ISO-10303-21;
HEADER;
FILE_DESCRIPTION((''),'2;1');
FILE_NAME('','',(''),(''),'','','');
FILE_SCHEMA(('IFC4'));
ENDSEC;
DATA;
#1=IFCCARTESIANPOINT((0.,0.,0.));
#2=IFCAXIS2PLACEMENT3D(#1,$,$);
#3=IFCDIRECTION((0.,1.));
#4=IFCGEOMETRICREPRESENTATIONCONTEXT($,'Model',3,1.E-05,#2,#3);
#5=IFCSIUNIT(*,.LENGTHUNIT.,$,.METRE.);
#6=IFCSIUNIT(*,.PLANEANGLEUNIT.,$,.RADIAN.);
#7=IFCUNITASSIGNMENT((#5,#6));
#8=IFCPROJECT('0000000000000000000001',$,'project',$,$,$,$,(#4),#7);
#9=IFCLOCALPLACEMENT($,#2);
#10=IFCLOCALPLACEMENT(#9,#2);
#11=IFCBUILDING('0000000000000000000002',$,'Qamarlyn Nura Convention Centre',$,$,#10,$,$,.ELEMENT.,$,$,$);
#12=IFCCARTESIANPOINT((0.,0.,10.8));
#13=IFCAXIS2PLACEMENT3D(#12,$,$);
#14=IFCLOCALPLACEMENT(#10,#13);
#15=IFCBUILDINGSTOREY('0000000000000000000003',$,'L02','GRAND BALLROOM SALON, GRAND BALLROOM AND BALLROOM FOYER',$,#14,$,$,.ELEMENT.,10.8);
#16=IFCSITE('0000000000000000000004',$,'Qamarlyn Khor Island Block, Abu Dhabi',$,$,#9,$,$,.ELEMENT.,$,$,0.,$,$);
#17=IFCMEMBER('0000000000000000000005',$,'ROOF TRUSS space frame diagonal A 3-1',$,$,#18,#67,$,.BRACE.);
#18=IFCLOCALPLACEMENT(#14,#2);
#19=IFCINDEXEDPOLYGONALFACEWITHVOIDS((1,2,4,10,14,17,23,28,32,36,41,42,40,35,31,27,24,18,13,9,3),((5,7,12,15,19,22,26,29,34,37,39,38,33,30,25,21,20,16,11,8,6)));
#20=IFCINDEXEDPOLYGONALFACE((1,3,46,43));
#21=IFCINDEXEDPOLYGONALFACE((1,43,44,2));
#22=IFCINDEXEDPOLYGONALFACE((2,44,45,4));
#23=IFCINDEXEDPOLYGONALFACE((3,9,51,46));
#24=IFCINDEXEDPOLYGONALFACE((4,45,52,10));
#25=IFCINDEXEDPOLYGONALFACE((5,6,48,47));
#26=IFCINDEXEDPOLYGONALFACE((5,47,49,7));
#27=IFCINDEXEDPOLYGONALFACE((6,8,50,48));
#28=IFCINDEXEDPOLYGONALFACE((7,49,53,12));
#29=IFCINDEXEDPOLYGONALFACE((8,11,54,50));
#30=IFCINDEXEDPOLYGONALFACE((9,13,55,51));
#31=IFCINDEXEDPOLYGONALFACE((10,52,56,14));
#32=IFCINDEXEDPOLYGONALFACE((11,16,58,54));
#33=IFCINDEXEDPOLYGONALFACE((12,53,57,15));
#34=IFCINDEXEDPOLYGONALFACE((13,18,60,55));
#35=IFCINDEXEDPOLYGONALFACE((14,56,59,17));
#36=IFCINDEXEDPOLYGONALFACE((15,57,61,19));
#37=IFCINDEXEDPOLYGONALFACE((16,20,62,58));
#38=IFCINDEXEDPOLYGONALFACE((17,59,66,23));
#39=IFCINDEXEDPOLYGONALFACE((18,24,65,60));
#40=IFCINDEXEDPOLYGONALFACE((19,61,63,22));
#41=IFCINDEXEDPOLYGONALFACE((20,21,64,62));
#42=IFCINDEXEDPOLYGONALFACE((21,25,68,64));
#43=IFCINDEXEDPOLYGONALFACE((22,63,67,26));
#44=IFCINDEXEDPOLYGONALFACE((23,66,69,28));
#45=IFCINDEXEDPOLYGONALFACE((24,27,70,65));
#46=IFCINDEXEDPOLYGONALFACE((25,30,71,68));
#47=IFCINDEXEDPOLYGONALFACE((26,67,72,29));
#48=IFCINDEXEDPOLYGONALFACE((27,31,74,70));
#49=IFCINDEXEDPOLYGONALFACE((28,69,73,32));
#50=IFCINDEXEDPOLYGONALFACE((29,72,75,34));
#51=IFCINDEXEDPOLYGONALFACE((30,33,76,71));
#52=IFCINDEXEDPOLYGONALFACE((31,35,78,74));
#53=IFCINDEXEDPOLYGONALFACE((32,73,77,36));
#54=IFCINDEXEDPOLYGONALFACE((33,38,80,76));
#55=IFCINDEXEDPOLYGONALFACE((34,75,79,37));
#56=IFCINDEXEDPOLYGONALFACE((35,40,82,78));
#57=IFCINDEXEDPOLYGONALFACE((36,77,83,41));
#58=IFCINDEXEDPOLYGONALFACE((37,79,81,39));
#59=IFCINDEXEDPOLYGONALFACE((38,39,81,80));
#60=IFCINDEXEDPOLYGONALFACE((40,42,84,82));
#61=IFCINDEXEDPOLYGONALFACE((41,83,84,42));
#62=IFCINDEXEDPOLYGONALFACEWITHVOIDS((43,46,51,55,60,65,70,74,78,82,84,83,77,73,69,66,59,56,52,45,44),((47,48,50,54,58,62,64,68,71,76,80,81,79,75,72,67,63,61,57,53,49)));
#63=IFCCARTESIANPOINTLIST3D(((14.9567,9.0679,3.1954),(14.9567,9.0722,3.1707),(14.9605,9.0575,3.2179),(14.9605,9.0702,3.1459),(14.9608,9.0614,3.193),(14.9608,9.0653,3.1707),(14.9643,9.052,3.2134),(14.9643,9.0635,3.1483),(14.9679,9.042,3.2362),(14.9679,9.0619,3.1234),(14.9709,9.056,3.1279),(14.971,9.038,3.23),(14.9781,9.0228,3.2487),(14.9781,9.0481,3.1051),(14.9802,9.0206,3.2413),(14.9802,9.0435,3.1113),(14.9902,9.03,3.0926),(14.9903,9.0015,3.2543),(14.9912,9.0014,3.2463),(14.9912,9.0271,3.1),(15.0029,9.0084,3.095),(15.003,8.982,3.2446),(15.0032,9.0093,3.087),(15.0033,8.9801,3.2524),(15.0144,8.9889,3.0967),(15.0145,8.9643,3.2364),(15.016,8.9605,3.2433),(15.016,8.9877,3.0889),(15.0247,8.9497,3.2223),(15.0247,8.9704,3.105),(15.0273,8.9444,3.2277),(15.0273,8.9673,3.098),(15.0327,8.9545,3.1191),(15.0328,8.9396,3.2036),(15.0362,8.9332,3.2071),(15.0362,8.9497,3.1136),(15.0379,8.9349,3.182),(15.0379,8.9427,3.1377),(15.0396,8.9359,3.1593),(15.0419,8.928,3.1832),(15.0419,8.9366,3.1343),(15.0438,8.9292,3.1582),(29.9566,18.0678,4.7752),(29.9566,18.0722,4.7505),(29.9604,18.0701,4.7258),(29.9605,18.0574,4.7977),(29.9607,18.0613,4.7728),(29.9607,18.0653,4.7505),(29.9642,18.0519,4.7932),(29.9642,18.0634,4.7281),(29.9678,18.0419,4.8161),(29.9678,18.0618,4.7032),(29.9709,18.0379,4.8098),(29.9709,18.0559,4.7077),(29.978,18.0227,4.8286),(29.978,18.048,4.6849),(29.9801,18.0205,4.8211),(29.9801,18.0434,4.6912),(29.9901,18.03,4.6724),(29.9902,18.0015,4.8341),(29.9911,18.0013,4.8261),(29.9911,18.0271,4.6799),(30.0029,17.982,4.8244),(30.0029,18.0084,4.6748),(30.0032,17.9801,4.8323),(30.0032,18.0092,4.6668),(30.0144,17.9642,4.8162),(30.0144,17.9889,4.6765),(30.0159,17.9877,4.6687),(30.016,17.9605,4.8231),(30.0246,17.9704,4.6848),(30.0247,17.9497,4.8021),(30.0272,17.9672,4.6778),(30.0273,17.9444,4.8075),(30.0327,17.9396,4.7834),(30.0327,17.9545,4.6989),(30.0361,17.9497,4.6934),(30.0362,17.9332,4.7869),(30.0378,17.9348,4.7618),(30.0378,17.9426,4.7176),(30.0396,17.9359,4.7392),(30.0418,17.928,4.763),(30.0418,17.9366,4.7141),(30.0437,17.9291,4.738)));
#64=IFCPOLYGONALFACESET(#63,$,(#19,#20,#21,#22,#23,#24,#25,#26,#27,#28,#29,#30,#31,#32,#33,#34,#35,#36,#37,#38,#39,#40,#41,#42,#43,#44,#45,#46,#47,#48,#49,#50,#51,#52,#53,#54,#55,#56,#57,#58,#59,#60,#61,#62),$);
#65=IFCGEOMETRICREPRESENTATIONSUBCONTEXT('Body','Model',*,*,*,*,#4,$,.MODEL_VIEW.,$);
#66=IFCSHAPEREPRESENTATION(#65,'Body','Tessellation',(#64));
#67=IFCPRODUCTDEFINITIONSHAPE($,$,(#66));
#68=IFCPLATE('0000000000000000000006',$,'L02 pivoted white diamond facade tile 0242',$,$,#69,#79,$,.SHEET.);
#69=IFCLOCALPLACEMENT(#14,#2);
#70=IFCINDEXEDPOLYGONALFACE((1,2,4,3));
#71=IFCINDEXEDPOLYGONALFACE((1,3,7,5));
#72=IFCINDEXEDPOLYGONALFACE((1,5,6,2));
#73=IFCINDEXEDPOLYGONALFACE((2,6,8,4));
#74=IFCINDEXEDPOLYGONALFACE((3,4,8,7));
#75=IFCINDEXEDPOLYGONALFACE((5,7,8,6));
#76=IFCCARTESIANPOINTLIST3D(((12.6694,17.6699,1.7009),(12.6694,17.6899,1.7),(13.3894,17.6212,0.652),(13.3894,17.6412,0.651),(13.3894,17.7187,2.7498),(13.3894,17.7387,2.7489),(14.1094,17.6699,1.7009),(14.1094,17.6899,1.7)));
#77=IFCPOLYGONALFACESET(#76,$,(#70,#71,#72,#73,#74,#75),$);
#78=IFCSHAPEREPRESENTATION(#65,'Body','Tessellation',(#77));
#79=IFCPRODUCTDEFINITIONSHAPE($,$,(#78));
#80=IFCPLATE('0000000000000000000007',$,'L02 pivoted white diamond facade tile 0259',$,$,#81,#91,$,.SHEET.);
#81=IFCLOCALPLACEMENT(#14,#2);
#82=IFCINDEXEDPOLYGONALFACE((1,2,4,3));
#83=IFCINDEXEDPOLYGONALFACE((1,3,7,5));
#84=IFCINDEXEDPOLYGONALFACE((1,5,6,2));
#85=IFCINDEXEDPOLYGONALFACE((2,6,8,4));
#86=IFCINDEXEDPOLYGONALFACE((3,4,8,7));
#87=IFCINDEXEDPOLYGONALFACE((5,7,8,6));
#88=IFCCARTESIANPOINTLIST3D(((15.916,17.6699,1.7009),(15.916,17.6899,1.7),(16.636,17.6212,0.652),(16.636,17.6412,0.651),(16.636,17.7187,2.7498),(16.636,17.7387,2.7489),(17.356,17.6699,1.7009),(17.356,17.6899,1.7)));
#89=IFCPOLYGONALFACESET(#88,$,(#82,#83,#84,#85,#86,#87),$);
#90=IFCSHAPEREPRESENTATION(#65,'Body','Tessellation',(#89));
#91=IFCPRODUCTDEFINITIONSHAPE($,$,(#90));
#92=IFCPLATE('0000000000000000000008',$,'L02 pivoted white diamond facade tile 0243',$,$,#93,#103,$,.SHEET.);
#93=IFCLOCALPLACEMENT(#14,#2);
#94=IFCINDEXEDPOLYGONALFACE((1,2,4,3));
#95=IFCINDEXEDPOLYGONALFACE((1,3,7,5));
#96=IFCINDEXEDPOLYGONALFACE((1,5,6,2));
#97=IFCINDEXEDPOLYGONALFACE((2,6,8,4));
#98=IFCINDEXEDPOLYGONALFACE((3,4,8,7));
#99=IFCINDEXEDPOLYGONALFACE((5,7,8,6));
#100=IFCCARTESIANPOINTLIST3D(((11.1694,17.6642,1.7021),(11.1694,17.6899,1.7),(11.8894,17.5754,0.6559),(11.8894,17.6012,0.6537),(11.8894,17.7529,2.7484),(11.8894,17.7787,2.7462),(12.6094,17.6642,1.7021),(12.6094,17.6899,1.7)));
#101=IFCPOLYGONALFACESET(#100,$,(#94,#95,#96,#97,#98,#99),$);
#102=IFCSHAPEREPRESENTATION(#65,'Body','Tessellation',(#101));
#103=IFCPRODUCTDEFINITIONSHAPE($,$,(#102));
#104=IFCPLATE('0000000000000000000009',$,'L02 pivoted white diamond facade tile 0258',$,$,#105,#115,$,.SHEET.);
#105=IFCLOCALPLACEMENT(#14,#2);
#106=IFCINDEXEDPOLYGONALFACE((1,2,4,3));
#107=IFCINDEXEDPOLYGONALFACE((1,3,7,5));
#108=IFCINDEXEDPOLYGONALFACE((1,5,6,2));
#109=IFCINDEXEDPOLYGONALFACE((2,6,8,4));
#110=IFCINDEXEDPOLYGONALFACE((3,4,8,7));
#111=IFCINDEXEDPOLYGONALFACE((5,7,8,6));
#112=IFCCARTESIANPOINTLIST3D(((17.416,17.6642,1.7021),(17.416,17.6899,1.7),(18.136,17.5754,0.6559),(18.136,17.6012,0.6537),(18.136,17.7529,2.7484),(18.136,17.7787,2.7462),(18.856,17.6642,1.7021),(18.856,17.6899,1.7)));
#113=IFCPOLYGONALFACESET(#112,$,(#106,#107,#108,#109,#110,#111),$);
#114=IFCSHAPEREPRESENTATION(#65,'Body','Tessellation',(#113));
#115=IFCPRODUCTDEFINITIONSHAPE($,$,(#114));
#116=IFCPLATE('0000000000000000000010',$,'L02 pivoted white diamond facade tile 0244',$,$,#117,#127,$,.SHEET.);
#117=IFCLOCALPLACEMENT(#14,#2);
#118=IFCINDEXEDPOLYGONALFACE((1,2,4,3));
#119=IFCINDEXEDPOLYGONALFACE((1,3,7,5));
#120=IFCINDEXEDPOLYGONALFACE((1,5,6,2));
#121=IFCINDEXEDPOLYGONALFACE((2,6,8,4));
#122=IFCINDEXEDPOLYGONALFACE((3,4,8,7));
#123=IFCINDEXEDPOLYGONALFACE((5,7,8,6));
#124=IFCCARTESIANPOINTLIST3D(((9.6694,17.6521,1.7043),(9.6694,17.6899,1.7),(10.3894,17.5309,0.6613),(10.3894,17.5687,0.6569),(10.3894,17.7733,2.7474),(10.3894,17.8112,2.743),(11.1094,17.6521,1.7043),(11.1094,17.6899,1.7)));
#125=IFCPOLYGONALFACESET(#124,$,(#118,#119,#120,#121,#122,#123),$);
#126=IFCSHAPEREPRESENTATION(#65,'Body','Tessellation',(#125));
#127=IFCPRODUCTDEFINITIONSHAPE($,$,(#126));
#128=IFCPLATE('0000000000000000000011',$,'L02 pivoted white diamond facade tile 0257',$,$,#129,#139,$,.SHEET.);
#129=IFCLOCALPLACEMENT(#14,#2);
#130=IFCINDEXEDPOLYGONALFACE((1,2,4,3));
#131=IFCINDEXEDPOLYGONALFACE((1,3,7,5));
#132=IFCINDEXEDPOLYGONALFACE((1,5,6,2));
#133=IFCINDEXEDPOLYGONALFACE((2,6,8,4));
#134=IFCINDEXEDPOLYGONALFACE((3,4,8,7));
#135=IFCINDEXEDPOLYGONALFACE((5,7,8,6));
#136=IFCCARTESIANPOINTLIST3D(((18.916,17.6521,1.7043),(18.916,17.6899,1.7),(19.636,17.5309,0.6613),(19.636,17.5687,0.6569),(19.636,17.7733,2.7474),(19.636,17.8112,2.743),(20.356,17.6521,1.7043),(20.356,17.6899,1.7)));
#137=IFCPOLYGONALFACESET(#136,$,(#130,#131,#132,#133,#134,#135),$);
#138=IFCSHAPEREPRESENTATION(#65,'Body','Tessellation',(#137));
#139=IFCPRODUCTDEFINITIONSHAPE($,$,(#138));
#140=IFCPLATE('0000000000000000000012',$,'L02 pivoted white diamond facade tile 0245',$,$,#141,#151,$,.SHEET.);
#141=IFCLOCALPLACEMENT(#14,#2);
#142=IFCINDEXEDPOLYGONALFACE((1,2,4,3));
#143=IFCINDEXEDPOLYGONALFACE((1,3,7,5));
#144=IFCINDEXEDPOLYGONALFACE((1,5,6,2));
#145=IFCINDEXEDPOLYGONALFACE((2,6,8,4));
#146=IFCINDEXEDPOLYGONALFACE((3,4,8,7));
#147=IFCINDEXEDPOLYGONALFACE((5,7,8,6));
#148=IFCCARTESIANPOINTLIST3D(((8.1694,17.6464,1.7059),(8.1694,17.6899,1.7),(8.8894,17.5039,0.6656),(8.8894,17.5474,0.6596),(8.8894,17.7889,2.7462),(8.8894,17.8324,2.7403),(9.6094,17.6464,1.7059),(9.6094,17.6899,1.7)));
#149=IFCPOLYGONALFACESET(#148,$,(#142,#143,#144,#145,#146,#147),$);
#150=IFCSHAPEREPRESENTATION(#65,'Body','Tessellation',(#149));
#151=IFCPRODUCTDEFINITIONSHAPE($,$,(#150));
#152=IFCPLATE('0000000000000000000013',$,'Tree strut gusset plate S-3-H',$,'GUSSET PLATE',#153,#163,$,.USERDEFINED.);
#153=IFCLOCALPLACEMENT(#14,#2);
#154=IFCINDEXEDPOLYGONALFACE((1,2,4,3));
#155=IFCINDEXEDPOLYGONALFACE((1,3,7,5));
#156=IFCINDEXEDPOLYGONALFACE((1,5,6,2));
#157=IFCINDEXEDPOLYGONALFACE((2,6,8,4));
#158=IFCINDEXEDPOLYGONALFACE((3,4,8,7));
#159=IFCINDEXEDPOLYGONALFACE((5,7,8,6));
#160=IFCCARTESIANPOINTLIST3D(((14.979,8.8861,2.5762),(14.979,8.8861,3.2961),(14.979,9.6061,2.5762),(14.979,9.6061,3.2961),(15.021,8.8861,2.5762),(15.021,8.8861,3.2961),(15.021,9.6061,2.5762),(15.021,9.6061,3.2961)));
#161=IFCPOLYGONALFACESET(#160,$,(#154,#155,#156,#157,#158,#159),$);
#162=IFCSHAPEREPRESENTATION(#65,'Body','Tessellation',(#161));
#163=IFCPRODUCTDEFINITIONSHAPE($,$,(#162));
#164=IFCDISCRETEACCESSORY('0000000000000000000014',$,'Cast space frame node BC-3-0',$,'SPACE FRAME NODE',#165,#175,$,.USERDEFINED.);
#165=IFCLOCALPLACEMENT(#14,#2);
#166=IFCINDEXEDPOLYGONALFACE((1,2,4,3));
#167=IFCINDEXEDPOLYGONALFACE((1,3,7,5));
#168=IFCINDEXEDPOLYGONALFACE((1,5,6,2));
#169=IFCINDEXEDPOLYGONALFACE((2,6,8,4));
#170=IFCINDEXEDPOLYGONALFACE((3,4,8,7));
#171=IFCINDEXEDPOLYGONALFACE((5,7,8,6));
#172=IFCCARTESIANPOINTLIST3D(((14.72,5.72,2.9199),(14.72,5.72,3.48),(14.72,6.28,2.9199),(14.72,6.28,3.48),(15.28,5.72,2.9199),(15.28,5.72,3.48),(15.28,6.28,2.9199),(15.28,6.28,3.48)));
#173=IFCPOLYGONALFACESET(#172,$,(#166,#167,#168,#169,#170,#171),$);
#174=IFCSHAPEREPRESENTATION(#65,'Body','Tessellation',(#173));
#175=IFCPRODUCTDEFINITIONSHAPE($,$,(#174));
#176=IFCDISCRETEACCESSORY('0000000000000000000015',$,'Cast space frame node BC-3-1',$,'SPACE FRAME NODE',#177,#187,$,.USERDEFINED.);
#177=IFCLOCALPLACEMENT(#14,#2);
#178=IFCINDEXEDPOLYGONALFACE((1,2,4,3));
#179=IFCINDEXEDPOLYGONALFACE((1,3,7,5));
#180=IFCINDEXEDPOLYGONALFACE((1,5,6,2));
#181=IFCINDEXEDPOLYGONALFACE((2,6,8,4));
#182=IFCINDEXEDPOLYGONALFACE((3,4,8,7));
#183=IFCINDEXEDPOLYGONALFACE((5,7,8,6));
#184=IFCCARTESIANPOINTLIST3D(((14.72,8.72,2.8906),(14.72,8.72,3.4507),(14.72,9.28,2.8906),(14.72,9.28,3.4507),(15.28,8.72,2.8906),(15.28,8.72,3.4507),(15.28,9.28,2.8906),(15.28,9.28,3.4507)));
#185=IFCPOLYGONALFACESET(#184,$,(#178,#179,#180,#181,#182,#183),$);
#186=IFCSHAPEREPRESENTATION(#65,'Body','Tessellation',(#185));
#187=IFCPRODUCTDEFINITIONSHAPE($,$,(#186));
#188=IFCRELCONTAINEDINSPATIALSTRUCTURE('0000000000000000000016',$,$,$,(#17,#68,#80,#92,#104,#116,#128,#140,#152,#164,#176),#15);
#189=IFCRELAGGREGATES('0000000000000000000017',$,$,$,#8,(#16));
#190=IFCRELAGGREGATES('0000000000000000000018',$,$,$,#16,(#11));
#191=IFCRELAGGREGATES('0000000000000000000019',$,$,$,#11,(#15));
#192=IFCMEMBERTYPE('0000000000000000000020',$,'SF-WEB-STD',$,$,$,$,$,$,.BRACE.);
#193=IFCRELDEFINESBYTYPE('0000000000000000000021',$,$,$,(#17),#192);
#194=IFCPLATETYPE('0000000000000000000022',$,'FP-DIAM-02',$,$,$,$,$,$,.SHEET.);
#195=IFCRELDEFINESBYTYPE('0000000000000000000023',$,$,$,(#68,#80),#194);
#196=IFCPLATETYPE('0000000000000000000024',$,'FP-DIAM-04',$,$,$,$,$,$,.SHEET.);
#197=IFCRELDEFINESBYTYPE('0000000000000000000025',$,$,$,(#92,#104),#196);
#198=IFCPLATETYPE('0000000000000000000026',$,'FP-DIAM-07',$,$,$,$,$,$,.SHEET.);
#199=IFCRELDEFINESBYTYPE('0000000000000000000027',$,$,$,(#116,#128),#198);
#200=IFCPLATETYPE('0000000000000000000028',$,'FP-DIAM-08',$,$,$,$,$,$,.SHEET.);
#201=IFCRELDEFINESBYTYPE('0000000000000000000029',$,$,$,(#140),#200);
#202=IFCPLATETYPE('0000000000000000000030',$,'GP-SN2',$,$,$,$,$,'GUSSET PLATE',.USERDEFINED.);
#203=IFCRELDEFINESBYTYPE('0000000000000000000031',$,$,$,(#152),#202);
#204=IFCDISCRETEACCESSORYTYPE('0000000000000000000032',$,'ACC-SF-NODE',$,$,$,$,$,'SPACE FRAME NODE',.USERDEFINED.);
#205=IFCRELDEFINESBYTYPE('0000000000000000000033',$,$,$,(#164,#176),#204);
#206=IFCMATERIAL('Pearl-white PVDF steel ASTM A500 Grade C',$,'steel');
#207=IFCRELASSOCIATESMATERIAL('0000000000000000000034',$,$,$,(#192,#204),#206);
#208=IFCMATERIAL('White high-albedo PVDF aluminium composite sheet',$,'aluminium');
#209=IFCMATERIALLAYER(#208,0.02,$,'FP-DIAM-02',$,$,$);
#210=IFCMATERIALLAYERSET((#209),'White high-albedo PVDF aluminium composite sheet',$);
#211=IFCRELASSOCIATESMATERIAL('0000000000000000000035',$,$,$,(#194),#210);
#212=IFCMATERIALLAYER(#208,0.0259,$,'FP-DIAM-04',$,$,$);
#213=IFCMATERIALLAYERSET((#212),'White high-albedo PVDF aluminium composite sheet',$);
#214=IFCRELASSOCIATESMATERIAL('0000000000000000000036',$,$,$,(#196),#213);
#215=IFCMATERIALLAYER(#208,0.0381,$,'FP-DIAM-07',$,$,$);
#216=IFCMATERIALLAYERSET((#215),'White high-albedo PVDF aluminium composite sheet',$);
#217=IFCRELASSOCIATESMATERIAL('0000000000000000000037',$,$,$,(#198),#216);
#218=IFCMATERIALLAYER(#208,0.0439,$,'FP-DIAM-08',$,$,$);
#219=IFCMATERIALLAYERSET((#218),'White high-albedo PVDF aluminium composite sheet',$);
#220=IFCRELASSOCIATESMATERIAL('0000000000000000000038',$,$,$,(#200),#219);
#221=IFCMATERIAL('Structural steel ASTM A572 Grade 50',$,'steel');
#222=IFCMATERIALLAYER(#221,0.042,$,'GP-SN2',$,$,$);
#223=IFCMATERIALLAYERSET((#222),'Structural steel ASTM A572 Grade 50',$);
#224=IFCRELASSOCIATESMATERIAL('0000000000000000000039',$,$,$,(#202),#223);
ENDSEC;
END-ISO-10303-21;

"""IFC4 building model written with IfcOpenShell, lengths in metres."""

from ifc_helpers import new_model, si_unit, direction, frame, origin, origin_2d, place, context, subcontext, project, spatial, polyline, rectangle, hollow_circle, outline, extrude, material, layer, layer_set, material_profile, profile_set, type_object, element, save


model = new_model("IFC4")

# Units and contexts
model_context = context("Model", 3, precision=1e-05, world=origin(), true_north=direction((0.0, 1.0)))
body_context = subcontext(model_context, "Body", "Model", "MODEL_VIEW")
ifc_project = project(units=[si_unit("LENGTHUNIT", "METRE"), si_unit("PLANEANGLEUNIT", "RADIAN")], contexts=[model_context])

# Site, building, storey
site_placement = place(None, origin())
site = spatial("IfcSite", under=ifc_project, at=site_placement, Name="Qamarlyn Khor Island Block, Abu Dhabi", CompositionType="ELEMENT", RefElevation=0.0)
building_placement = place(site_placement, origin())
building = spatial("IfcBuilding", under=site, at=building_placement, Name="Qamarlyn Nura Convention Centre", CompositionType="ELEMENT")
storey_placement = place(building_placement, frame((0.0, 0.0, 10.8)))
storey = spatial("IfcBuildingStorey", under=building, at=storey_placement, Name="L02", Description="GRAND BALLROOM SALON, GRAND BALLROOM AND BALLROOM FOYER", CompositionType="ELEMENT", Elevation=10.8)

# Member
ifc_material_1 = material(Name="Pearl-white PVDF steel ASTM A500 Grade C", Category="steel")
ifc_material_profile_1 = material_profile(ifc_material_1, hollow_circle(Radius=0.0842, WallThickness=0.0081, at=origin_2d()), Name="CHS168.3X8")
ifc_profile_set_1 = profile_set([ifc_material_profile_1], Name="Pearl-white PVDF steel ASTM A500 Grade C")
member_type_1 = type_object("IfcMemberType", Name="SF-WEB-STD", PredefinedType="BRACE", material=ifc_profile_set_1)
member_1_placement = place(storey_placement, frame((15.0, 9.0, 3.1707), z_axis=(0.854017, 0.51241, 0.089947), x_axis=(-0.514496, 0.857493, 0.0)))
element("IfcMember", 1, at=member_1_placement, inside=storey, type_object=member_type_1, Name="ROOF TRUSS space frame diagonal A 3-1", PredefinedType="BRACE", context=body_context, shape_type="SweptSolid", body=[
    extrude(hollow_circle(Radius=0.0842, WallThickness=0.0081, at=origin_2d()), origin(), (0.0, 0.0, 1.0), 17.564),
])

# Plates
ifc_material_2 = material(Name="White high-albedo PVDF aluminium composite sheet", Category="aluminium")
ifc_layer_1 = layer(ifc_material_2, 0.02, Name="FP-DIAM-02")
ifc_layer_set_1 = layer_set([ifc_layer_1], Name="White high-albedo PVDF aluminium composite sheet")
plate_type_1 = type_object("IfcPlateType", Name="FP-DIAM-02", PredefinedType="SHEET", material=ifc_layer_set_1)
for number, where, z_axis, x_axis, name in (
    (2, (13.3894, 17.6899, 1.7), (0.0, -0.998923, 0.046409), (1.0, 0.0, 0.0), "L02 pivoted white diamond facade tile 0242"),
    (3, (16.636, 17.6899, 1.7), (0.0, -0.998923, 0.046409), (1.0, 0.0, 0.0), "L02 pivoted white diamond facade tile 0259"),
):
    element("IfcPlate", number, at=place(storey_placement, frame(where, z_axis=z_axis, x_axis=x_axis)), inside=storey, type_object=plate_type_1, Name=name, PredefinedType="SHEET", context=body_context, shape_type="SweptSolid", body=[
        extrude(outline(polyline([(-0.72, 0.0), (0.0, -1.05), (0.72, 0.0), (0.0, 1.05), (-0.72, 0.0)])), origin(), (0.0, 0.0, 1.0), 0.02),
    ])
ifc_layer_2 = layer(ifc_material_2, 0.0259, Name="FP-DIAM-04")
ifc_layer_set_2 = layer_set([ifc_layer_2], Name="White high-albedo PVDF aluminium composite sheet")
plate_type_2 = type_object("IfcPlateType", Name="FP-DIAM-04", PredefinedType="SHEET", material=ifc_layer_set_2)
for number, where, z_axis, x_axis, name in (
    (4, (11.8894, 17.6899, 1.7), (0.0, -0.996419, 0.084547), (1.0, 0.0, 0.0), "L02 pivoted white diamond facade tile 0243"),
    (5, (18.136, 17.6899, 1.7), (0.0, -0.996419, 0.084547), (1.0, 0.0, 0.0), "L02 pivoted white diamond facade tile 0258"),
):
    element("IfcPlate", number, at=place(storey_placement, frame(where, z_axis=z_axis, x_axis=x_axis)), inside=storey, type_object=plate_type_2, Name=name, PredefinedType="SHEET", context=body_context, shape_type="SweptSolid", body=[
        extrude(outline(polyline([(-0.72, 0.0), (0.0, -1.05), (0.72, 0.0), (0.0, 1.05), (-0.72, 0.0)])), origin(), (0.0, 0.0, 1.0), 0.0259),
    ])
ifc_layer_3 = layer(ifc_material_2, 0.0381, Name="FP-DIAM-07")
ifc_layer_set_3 = layer_set([ifc_layer_3], Name="White high-albedo PVDF aluminium composite sheet")
plate_type_3 = type_object("IfcPlateType", Name="FP-DIAM-07", PredefinedType="SHEET", material=ifc_layer_set_3)
for number, where, z_axis, x_axis, name in (
    (6, (10.3894, 17.6899, 1.7), (0.0, -0.993312, 0.115457), (1.0, 0.0, 0.0), "L02 pivoted white diamond facade tile 0244"),
    (7, (19.636, 17.6899, 1.7), (0.0, -0.993312, 0.115457), (1.0, 0.0, 0.0), "L02 pivoted white diamond facade tile 0257"),
):
    element("IfcPlate", number, at=place(storey_placement, frame(where, z_axis=z_axis, x_axis=x_axis)), inside=storey, type_object=plate_type_3, Name=name, PredefinedType="SHEET", context=body_context, shape_type="SweptSolid", body=[
        extrude(outline(polyline([(-0.72, 0.0), (0.0, -1.05), (0.72, 0.0), (0.0, 1.05), (-0.72, 0.0)])), origin(), (0.0, 0.0, 1.0), 0.0381),
    ])
ifc_layer_4 = layer(ifc_material_2, 0.0439, Name="FP-DIAM-08")
ifc_layer_set_4 = layer_set([ifc_layer_4], Name="White high-albedo PVDF aluminium composite sheet")
plate_type_4 = type_object("IfcPlateType", Name="FP-DIAM-08", PredefinedType="SHEET", material=ifc_layer_set_4)
plate_1_placement = place(storey_placement, frame((8.8894, 17.6899, 1.7), z_axis=(0.0, -0.990748, 0.135716), x_axis=(1.0, 0.0, 0.0)))
element("IfcPlate", 8, at=plate_1_placement, inside=storey, type_object=plate_type_4, Name="L02 pivoted white diamond facade tile 0245", PredefinedType="SHEET", context=body_context, shape_type="SweptSolid", body=[
    extrude(outline(polyline([(-0.72, 0.0), (0.0, -1.05), (0.72, 0.0), (0.0, 1.05), (-0.72, 0.0)])), origin(), (0.0, 0.0, 1.0), 0.0439),
])
ifc_material_3 = material(Name="Structural steel ASTM A572 Grade 50", Category="steel")
ifc_layer_5 = layer(ifc_material_3, 0.042, Name="GP-SN2")
ifc_layer_set_5 = layer_set([ifc_layer_5], Name="Structural steel ASTM A572 Grade 50")
plate_type_5 = type_object("IfcPlateType", Name="GP-SN2", ElementType="GUSSET PLATE", PredefinedType="USERDEFINED", material=ifc_layer_set_5)
plate_2_placement = place(storey_placement, frame((15.0, 9.2461, 2.5762), z_axis=(0.0, 0.0, 1.0), x_axis=(0.0, 1.0, 0.0)))
element("IfcPlate", 9, at=plate_2_placement, inside=storey, type_object=plate_type_5, Name="Tree strut gusset plate S-3-H", ObjectType="GUSSET PLATE", PredefinedType="USERDEFINED", context=body_context, shape_type="SweptSolid", body=[
    extrude(rectangle(XDim=0.72, YDim=0.042, at=origin_2d()), origin(), (0.0, 0.0, 1.0), 0.72),
])

# Discrete accessories
discrete_accessory_type = type_object("IfcDiscreteAccessoryType", Name="ACC-SF-NODE", ElementType="SPACE FRAME NODE", PredefinedType="USERDEFINED", material=ifc_material_1)
for number, where, z_axis, x_axis, name in (
    (10, (15.0, 6.0, 2.9199), (0.0, 0.0, 1.0), (1.0, 0.0, 0.0), "Cast space frame node BC-3-0"),
    (11, (15.0, 9.0, 2.8906), (0.0, 0.0, 1.0), (1.0, 0.0, 0.0), "Cast space frame node BC-3-1"),
):
    element("IfcDiscreteAccessory", number, at=place(storey_placement, frame(where, z_axis=z_axis, x_axis=x_axis)), inside=storey, type_object=discrete_accessory_type, Name=name, ObjectType="SPACE FRAME NODE", PredefinedType="USERDEFINED", context=body_context, shape_type="SweptSolid", body=[
        extrude(rectangle(XDim=0.5601, YDim=0.5601, at=origin_2d()), origin(), (0.0, 0.0, 1.0), 0.5601),
    ])

save(model, "model.ifc")
